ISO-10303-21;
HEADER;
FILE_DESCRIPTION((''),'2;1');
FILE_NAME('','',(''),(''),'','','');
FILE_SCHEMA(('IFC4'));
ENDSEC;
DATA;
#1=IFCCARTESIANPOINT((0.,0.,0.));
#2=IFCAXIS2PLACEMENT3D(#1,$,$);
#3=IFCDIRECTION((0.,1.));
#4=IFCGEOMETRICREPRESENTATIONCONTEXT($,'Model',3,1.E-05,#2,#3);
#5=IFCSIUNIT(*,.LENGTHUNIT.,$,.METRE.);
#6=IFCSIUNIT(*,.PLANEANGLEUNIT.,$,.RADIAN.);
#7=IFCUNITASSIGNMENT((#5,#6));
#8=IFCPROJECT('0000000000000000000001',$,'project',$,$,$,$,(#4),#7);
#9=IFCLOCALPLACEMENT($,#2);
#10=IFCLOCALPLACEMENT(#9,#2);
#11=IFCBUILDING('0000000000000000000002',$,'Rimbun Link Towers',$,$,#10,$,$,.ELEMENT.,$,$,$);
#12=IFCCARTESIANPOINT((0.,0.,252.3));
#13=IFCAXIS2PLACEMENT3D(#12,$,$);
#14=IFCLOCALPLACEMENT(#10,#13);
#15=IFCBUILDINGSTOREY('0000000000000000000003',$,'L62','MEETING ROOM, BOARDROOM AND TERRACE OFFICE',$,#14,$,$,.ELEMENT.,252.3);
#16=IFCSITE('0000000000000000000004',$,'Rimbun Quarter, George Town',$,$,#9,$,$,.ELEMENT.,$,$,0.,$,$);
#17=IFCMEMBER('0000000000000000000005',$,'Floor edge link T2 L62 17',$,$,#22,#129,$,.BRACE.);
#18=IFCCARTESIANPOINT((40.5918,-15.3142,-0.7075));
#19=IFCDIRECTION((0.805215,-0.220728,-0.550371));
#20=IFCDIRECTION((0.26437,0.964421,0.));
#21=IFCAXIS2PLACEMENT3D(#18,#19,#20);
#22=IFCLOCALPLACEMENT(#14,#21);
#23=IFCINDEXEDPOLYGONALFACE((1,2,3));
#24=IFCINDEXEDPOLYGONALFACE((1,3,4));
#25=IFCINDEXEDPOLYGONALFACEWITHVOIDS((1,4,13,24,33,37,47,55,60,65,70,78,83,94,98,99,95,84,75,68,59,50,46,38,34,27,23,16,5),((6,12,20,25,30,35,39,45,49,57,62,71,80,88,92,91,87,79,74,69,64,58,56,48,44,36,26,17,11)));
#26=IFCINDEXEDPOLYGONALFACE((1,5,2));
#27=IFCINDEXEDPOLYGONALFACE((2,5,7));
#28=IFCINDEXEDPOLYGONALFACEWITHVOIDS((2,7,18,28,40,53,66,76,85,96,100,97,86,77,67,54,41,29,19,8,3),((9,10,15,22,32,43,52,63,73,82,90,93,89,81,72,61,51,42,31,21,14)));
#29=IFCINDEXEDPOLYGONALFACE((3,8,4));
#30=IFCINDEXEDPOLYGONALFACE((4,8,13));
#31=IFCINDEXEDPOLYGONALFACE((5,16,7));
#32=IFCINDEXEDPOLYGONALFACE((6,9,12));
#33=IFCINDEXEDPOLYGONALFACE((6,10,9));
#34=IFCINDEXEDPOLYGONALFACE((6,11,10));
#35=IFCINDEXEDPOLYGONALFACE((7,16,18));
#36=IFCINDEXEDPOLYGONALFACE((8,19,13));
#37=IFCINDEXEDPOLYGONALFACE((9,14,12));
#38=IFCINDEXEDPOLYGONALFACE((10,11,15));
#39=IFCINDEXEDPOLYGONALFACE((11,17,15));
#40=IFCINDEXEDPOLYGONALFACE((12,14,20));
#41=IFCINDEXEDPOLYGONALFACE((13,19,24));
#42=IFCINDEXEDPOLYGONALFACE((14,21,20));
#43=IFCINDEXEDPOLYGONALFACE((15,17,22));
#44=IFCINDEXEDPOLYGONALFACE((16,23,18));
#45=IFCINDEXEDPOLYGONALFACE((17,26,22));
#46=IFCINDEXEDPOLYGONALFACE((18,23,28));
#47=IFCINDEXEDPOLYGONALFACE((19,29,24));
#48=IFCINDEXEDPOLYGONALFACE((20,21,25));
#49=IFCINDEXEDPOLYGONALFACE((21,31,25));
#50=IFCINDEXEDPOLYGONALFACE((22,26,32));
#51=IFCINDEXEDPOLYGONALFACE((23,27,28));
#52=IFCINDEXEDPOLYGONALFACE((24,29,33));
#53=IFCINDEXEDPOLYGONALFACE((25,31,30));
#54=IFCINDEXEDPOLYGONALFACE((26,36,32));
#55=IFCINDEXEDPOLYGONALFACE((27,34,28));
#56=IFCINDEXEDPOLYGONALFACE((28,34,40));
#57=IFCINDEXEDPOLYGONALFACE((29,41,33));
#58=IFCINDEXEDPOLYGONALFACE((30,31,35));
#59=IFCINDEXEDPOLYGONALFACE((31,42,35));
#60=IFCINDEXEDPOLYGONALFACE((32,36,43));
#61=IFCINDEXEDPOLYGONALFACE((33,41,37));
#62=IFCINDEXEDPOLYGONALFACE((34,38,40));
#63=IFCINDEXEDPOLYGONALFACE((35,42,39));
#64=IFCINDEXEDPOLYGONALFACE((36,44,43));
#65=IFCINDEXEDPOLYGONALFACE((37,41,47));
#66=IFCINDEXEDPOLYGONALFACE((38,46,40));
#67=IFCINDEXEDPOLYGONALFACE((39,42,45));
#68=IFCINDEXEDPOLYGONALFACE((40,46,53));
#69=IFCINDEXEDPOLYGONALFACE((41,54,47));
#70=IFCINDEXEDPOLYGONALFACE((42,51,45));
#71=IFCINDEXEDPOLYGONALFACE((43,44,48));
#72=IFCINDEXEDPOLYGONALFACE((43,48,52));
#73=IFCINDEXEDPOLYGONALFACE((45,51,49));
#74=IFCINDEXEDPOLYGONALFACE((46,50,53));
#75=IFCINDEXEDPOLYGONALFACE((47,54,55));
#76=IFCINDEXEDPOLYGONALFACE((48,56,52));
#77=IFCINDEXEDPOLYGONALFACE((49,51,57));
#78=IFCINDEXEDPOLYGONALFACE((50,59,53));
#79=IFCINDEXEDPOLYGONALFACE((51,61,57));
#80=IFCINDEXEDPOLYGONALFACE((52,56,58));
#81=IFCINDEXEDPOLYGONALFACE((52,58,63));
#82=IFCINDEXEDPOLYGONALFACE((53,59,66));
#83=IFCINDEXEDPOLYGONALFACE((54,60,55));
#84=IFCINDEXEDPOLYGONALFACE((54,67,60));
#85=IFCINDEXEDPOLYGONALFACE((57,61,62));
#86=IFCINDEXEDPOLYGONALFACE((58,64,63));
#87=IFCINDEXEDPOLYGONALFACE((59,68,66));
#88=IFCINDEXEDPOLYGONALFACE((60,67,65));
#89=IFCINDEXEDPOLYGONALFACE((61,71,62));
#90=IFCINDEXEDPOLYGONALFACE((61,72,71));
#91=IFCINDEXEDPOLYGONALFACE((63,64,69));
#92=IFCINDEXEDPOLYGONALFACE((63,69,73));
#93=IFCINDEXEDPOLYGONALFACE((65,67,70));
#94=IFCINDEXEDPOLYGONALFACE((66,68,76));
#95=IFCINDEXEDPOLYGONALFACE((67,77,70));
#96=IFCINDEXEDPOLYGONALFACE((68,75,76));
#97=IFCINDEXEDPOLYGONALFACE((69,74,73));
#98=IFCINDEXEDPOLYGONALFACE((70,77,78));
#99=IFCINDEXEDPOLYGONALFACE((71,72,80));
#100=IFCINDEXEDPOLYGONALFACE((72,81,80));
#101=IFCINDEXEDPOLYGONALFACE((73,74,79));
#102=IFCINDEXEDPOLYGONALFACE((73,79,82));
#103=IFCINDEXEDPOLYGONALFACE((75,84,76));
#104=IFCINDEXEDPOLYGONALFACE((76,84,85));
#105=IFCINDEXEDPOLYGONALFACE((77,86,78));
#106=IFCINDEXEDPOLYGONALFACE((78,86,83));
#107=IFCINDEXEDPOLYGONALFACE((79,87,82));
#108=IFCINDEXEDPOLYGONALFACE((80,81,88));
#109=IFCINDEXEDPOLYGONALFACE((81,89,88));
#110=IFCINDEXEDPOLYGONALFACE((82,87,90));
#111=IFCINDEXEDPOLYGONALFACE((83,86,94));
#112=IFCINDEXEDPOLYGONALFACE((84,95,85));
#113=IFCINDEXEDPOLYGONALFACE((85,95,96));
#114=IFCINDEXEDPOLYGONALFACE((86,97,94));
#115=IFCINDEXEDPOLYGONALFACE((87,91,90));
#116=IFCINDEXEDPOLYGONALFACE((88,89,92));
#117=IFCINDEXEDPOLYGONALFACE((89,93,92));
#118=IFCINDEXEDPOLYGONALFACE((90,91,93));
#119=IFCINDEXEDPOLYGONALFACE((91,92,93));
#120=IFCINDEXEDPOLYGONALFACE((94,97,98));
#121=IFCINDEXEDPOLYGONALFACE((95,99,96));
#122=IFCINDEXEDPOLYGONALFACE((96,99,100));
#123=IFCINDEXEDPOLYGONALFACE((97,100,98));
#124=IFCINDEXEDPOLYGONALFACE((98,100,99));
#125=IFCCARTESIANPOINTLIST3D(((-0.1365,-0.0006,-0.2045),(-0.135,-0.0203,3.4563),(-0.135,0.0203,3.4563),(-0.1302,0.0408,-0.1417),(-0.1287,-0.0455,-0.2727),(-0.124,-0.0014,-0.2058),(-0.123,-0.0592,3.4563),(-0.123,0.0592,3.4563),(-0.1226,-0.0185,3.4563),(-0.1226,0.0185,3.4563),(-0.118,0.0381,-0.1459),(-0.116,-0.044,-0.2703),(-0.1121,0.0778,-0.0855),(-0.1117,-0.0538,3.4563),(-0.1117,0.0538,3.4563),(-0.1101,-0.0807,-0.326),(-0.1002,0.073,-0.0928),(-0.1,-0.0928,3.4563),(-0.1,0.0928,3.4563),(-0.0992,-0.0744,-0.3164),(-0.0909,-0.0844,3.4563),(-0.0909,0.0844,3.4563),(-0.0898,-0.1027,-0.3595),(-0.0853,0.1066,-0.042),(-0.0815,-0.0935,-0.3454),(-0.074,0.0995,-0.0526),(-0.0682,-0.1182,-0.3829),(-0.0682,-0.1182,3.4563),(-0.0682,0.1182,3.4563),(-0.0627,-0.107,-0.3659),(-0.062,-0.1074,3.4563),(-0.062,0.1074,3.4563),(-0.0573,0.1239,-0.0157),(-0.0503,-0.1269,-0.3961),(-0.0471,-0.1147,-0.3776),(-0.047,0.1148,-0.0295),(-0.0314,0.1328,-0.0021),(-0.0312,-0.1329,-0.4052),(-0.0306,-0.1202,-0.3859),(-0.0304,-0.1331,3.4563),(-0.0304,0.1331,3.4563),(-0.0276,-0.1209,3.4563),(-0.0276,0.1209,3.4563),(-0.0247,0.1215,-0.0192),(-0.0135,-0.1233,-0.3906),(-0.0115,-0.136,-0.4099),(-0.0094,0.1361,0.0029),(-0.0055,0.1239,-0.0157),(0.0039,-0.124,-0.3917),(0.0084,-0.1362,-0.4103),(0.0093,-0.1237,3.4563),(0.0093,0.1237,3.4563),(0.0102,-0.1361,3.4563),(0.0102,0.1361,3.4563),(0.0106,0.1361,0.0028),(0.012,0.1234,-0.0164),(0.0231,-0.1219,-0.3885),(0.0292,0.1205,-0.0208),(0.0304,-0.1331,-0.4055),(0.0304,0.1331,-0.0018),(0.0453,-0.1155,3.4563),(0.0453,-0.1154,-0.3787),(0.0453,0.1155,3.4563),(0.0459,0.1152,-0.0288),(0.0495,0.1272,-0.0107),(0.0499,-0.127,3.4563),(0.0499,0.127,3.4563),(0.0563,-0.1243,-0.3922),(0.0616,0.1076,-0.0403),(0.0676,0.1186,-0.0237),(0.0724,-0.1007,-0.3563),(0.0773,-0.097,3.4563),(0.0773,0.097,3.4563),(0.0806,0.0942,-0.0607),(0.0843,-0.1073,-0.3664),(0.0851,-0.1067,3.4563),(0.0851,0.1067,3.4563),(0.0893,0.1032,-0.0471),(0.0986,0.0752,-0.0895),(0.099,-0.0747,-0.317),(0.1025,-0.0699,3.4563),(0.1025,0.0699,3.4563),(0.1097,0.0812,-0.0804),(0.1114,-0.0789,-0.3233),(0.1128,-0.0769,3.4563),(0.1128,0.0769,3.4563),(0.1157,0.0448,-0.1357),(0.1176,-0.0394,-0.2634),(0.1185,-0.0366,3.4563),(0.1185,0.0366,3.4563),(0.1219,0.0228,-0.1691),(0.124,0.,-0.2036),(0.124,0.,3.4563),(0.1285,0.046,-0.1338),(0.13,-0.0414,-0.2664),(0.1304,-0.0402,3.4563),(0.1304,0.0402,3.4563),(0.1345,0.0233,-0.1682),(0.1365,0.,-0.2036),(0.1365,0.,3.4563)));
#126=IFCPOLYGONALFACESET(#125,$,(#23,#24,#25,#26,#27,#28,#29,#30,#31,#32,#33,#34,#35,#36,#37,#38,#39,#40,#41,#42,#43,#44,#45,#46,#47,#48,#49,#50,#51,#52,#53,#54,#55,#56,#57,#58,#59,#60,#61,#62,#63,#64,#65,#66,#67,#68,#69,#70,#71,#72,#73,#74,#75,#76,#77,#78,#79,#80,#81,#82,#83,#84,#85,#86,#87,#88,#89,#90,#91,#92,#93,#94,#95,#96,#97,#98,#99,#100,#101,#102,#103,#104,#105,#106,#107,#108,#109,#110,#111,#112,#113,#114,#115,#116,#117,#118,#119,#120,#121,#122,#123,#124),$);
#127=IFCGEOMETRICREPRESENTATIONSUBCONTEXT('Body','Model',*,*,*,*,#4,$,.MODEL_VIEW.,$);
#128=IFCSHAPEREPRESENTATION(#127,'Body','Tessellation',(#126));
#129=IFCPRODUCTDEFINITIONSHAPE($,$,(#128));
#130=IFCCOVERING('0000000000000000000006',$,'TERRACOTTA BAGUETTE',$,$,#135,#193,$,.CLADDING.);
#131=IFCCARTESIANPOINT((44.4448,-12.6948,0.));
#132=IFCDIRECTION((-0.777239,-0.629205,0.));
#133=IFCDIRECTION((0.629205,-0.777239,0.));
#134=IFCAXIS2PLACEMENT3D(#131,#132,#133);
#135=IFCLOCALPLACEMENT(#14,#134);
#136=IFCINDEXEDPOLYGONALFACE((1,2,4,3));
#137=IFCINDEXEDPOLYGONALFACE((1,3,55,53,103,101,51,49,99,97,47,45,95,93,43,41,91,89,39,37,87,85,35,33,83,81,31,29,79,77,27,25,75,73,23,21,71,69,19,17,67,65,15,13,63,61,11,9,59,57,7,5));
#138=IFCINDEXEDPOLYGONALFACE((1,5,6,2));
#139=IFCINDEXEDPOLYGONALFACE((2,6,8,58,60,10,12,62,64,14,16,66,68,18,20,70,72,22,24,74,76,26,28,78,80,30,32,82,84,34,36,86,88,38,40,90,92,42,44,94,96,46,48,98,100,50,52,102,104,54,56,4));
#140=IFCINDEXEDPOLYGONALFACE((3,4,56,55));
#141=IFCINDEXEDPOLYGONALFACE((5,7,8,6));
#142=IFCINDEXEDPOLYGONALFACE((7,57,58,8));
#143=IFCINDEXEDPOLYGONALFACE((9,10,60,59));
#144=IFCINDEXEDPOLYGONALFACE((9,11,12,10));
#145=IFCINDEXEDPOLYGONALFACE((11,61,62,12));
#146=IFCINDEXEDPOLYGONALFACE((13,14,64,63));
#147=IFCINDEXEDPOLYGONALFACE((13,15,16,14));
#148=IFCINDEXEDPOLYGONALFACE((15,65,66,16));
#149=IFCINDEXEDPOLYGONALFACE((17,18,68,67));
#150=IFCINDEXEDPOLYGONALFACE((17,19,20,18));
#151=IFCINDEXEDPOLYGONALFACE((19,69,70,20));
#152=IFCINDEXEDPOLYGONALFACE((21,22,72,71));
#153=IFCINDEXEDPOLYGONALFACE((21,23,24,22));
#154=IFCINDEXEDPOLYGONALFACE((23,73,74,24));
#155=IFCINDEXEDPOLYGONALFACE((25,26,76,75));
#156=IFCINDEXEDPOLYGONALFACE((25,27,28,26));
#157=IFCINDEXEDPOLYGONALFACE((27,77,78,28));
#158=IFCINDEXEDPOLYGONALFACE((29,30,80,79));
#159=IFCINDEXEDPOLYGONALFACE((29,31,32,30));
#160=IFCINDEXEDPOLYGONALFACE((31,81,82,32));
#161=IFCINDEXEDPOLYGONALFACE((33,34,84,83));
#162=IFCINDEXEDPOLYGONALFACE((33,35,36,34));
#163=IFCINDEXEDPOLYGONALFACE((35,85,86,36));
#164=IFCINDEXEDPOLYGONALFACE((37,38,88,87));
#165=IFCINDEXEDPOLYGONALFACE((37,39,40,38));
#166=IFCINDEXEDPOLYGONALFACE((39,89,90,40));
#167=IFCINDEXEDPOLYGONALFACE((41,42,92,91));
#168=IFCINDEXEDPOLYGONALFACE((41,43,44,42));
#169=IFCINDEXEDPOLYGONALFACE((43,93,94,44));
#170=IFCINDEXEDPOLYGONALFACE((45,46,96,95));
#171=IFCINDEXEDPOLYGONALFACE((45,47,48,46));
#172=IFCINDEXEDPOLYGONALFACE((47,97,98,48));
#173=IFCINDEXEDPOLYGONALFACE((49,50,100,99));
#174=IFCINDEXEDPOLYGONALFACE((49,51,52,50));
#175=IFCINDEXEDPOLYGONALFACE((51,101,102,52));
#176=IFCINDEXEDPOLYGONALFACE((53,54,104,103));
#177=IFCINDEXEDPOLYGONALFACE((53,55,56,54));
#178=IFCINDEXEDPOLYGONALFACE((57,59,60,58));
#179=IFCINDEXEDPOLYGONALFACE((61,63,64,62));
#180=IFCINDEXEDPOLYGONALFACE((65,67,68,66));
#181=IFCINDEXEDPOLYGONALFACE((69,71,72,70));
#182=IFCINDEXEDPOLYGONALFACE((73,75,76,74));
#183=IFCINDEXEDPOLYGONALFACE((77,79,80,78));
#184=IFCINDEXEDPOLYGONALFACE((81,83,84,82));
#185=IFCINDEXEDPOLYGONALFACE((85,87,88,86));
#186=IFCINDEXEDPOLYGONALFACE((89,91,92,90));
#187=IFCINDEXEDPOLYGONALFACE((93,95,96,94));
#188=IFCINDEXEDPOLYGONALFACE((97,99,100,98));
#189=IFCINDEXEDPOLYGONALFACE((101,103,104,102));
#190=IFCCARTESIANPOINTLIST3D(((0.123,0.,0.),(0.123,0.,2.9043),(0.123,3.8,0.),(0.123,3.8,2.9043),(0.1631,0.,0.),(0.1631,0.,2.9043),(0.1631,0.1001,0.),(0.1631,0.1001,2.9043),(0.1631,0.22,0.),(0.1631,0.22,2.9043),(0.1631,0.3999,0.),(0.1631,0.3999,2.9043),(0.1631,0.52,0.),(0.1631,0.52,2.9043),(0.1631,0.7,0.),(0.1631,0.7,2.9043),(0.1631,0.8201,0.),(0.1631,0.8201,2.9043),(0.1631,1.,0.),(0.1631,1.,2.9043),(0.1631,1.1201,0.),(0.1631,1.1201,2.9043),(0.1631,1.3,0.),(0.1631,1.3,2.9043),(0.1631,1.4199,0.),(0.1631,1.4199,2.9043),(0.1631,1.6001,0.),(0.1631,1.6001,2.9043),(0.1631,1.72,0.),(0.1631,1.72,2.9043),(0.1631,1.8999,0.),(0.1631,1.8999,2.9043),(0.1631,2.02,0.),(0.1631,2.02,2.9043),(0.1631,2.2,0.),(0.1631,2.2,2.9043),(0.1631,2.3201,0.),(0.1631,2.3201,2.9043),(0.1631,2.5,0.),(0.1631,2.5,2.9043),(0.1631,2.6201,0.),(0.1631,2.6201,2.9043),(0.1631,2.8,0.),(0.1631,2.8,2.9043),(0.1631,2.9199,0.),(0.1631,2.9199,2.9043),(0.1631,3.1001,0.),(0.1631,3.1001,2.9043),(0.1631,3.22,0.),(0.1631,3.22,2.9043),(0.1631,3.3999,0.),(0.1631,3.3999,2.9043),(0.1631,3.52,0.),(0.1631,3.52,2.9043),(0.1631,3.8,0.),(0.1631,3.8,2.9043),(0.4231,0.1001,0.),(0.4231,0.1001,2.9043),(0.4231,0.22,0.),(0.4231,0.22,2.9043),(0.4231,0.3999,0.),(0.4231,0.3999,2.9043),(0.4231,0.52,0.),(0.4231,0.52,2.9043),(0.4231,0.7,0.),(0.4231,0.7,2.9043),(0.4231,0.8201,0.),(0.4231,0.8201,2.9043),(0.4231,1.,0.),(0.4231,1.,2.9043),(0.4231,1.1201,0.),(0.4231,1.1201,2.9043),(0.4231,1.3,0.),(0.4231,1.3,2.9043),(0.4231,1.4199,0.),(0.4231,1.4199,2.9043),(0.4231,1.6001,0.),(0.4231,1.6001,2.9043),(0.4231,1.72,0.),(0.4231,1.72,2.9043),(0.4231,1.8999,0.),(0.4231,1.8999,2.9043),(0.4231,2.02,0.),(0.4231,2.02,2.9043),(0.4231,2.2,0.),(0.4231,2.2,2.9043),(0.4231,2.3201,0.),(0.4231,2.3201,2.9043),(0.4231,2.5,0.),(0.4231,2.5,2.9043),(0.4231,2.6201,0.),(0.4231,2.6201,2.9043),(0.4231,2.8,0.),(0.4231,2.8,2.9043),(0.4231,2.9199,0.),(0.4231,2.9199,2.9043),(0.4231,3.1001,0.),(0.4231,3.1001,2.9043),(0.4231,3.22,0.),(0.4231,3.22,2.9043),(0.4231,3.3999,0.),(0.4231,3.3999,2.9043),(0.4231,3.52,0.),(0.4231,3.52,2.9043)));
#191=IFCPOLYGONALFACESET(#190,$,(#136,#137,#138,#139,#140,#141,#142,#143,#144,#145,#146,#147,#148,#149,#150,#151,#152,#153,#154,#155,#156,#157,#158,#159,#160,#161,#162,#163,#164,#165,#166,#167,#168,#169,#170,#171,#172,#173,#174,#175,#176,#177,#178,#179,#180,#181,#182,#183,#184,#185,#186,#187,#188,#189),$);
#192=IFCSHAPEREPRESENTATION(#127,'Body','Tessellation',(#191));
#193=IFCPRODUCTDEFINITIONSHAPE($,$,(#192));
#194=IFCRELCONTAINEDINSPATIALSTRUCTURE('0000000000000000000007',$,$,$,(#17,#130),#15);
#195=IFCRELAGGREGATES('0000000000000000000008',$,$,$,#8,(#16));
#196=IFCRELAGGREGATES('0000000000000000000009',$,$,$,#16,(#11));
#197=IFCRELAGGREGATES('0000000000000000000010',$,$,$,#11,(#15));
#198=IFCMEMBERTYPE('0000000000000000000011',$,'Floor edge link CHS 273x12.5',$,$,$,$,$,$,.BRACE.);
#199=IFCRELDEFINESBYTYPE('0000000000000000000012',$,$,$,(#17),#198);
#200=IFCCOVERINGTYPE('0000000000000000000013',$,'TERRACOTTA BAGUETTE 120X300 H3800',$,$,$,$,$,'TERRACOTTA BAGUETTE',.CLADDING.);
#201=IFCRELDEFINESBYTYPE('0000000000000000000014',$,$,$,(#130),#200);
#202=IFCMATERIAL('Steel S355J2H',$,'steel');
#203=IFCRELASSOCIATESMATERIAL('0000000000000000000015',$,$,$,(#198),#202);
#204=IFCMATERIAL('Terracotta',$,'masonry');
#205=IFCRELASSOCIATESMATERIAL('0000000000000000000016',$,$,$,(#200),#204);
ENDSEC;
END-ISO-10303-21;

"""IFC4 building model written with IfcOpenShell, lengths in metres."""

from ifc_helpers import new_model, si_unit, direction, frame, origin, origin_2d, place, context, subcontext, project, spatial, polyline, hollow_circle, outline, extrude, clip, halfspace, material, material_profile, profile_set, type_object, element, save


model = new_model("IFC4")

# Units and contexts
model_context = context("Model", 3, precision=1e-05, world=origin(), true_north=direction((0.0, 1.0)))
body_context = subcontext(model_context, "Body", "Model", "MODEL_VIEW")
ifc_project = project(units=[si_unit("LENGTHUNIT", "METRE"), si_unit("PLANEANGLEUNIT", "RADIAN")], contexts=[model_context])

# Site, building, storey
site_placement = place(None, origin())
site = spatial("IfcSite", under=ifc_project, at=site_placement, Name="Rimbun Quarter, George Town", CompositionType="ELEMENT", RefElevation=0.0)
building_placement = place(site_placement, origin())
building = spatial("IfcBuilding", under=site, at=building_placement, Name="Rimbun Link Towers", CompositionType="ELEMENT")
storey_placement = place(building_placement, frame((0.0, 0.0, 252.3)))
storey = spatial("IfcBuildingStorey", under=building, at=storey_placement, Name="L62", Description="MEETING ROOM, BOARDROOM AND TERRACE OFFICE", CompositionType="ELEMENT", Elevation=252.3)

# Member
ifc_material_1 = material(Name="Steel S355J2H", Category="steel")
ifc_material_profile_1 = material_profile(ifc_material_1, hollow_circle(Radius=0.1365, WallThickness=0.0125, at=origin_2d()), Name="CHS 273x12.5")
ifc_profile_set_1 = profile_set([ifc_material_profile_1], Name="Steel S355J2H")
member_type_1 = type_object("IfcMemberType", Name="Floor edge link CHS 273x12.5", PredefinedType="BRACE", material=ifc_profile_set_1)
member_1_placement = place(storey_placement, frame((40.5918, -15.3142, -0.7075), z_axis=(0.805215, -0.220728, -0.550371), x_axis=(0.26437, 0.964421, 0.0)))
element("IfcMember", 1, at=member_1_placement, inside=storey, type_object=member_type_1, Name="Floor edge link T2 L62 17", PredefinedType="BRACE", context=body_context, shape_type="Clipping", body=[
    clip(extrude(hollow_circle(Radius=0.1365, WallThickness=0.0125, at=origin_2d()), frame((0.0, 0.0, -0.4324)), (0.0, 0.0, 1.0), 3.8887), halfspace(frame((0.0, 0.0, -0.2036), z_axis=(0.0, 0.83492, -0.550371)), False)),
])

# Covering
ifc_material_2 = material(Name="Terracotta", Category="masonry")
ifc_material_profile_2 = material_profile(ifc_material_2, outline(polyline([(0.123, 0.0), (0.1631, 0.0), (0.1631, 0.1001), (0.4231, 0.1001), (0.4231, 0.22), (0.1631, 0.22), (0.1631, 0.3999), (0.4231, 0.3999), (0.4231, 0.52), (0.1631, 0.52), (0.1631, 0.7), (0.4231, 0.7), (0.4231, 0.8201), (0.1631, 0.8201), (0.1631, 1.0), (0.4231, 1.0), (0.4231, 1.1201), (0.1631, 1.1201), (0.1631, 1.3), (0.4231, 1.3), (0.4231, 1.4199), (0.1631, 1.4199), (0.1631, 1.6001), (0.4231, 1.6001), (0.4231, 1.72), (0.1631, 1.72), (0.1631, 1.8999), (0.4231, 1.8999), (0.4231, 2.02), (0.1631, 2.02), (0.1631, 2.2), (0.4231, 2.2), (0.4231, 2.3201), (0.1631, 2.3201), (0.1631, 2.5), (0.4231, 2.5), (0.4231, 2.6201), (0.1631, 2.6201), (0.1631, 2.8), (0.4231, 2.8), (0.4231, 2.9199), (0.1631, 2.9199), (0.1631, 3.1001), (0.4231, 3.1001), (0.4231, 3.22), (0.1631, 3.22), (0.1631, 3.3999), (0.4231, 3.3999), (0.4231, 3.52), (0.1631, 3.52), (0.1631, 3.8), (0.123, 3.8), (0.123, 0.0)])), Name="BAGUETTE 120X300")
ifc_profile_set_2 = profile_set([ifc_material_profile_2], Name="Terracotta")
covering_type = type_object("IfcCoveringType", Name="TERRACOTTA BAGUETTE 120X300 H3800", ElementType="TERRACOTTA BAGUETTE", PredefinedType="CLADDING", material=ifc_profile_set_2)
for number, where, z_axis, x_axis, name in (
    (2, (44.4448, -12.6948, 0.0), (-0.777239, -0.629205, 0.0), (0.629205, -0.777239, 0.0), "TERRACOTTA BAGUETTE"),
):
    element("IfcCovering", number, at=place(storey_placement, frame(where, z_axis=z_axis, x_axis=x_axis)), inside=storey, type_object=covering_type, Name=name, PredefinedType="CLADDING", context=body_context, shape_type="SweptSolid", body=[
        extrude(outline(polyline([(0.123, 0.0), (0.1631, 0.0), (0.1631, 0.1001), (0.4231, 0.1001), (0.4231, 0.22), (0.1631, 0.22), (0.1631, 0.3999), (0.4231, 0.3999), (0.4231, 0.52), (0.1631, 0.52), (0.1631, 0.7), (0.4231, 0.7), (0.4231, 0.8201), (0.1631, 0.8201), (0.1631, 1.0), (0.4231, 1.0), (0.4231, 1.1201), (0.1631, 1.1201), (0.1631, 1.3), (0.4231, 1.3), (0.4231, 1.4199), (0.1631, 1.4199), (0.1631, 1.6001), (0.4231, 1.6001), (0.4231, 1.72), (0.1631, 1.72), (0.1631, 1.8999), (0.4231, 1.8999), (0.4231, 2.02), (0.1631, 2.02), (0.1631, 2.2), (0.4231, 2.2), (0.4231, 2.3201), (0.1631, 2.3201), (0.1631, 2.5), (0.4231, 2.5), (0.4231, 2.6201), (0.1631, 2.6201), (0.1631, 2.8), (0.4231, 2.8), (0.4231, 2.9199), (0.1631, 2.9199), (0.1631, 3.1001), (0.4231, 3.1001), (0.4231, 3.22), (0.1631, 3.22), (0.1631, 3.3999), (0.4231, 3.3999), (0.4231, 3.52), (0.1631, 3.52), (0.1631, 3.8), (0.123, 3.8), (0.123, 0.0)])), origin(), (0.0, 0.0, 1.0), 2.9043),
    ])

save(model, "model.ifc")
